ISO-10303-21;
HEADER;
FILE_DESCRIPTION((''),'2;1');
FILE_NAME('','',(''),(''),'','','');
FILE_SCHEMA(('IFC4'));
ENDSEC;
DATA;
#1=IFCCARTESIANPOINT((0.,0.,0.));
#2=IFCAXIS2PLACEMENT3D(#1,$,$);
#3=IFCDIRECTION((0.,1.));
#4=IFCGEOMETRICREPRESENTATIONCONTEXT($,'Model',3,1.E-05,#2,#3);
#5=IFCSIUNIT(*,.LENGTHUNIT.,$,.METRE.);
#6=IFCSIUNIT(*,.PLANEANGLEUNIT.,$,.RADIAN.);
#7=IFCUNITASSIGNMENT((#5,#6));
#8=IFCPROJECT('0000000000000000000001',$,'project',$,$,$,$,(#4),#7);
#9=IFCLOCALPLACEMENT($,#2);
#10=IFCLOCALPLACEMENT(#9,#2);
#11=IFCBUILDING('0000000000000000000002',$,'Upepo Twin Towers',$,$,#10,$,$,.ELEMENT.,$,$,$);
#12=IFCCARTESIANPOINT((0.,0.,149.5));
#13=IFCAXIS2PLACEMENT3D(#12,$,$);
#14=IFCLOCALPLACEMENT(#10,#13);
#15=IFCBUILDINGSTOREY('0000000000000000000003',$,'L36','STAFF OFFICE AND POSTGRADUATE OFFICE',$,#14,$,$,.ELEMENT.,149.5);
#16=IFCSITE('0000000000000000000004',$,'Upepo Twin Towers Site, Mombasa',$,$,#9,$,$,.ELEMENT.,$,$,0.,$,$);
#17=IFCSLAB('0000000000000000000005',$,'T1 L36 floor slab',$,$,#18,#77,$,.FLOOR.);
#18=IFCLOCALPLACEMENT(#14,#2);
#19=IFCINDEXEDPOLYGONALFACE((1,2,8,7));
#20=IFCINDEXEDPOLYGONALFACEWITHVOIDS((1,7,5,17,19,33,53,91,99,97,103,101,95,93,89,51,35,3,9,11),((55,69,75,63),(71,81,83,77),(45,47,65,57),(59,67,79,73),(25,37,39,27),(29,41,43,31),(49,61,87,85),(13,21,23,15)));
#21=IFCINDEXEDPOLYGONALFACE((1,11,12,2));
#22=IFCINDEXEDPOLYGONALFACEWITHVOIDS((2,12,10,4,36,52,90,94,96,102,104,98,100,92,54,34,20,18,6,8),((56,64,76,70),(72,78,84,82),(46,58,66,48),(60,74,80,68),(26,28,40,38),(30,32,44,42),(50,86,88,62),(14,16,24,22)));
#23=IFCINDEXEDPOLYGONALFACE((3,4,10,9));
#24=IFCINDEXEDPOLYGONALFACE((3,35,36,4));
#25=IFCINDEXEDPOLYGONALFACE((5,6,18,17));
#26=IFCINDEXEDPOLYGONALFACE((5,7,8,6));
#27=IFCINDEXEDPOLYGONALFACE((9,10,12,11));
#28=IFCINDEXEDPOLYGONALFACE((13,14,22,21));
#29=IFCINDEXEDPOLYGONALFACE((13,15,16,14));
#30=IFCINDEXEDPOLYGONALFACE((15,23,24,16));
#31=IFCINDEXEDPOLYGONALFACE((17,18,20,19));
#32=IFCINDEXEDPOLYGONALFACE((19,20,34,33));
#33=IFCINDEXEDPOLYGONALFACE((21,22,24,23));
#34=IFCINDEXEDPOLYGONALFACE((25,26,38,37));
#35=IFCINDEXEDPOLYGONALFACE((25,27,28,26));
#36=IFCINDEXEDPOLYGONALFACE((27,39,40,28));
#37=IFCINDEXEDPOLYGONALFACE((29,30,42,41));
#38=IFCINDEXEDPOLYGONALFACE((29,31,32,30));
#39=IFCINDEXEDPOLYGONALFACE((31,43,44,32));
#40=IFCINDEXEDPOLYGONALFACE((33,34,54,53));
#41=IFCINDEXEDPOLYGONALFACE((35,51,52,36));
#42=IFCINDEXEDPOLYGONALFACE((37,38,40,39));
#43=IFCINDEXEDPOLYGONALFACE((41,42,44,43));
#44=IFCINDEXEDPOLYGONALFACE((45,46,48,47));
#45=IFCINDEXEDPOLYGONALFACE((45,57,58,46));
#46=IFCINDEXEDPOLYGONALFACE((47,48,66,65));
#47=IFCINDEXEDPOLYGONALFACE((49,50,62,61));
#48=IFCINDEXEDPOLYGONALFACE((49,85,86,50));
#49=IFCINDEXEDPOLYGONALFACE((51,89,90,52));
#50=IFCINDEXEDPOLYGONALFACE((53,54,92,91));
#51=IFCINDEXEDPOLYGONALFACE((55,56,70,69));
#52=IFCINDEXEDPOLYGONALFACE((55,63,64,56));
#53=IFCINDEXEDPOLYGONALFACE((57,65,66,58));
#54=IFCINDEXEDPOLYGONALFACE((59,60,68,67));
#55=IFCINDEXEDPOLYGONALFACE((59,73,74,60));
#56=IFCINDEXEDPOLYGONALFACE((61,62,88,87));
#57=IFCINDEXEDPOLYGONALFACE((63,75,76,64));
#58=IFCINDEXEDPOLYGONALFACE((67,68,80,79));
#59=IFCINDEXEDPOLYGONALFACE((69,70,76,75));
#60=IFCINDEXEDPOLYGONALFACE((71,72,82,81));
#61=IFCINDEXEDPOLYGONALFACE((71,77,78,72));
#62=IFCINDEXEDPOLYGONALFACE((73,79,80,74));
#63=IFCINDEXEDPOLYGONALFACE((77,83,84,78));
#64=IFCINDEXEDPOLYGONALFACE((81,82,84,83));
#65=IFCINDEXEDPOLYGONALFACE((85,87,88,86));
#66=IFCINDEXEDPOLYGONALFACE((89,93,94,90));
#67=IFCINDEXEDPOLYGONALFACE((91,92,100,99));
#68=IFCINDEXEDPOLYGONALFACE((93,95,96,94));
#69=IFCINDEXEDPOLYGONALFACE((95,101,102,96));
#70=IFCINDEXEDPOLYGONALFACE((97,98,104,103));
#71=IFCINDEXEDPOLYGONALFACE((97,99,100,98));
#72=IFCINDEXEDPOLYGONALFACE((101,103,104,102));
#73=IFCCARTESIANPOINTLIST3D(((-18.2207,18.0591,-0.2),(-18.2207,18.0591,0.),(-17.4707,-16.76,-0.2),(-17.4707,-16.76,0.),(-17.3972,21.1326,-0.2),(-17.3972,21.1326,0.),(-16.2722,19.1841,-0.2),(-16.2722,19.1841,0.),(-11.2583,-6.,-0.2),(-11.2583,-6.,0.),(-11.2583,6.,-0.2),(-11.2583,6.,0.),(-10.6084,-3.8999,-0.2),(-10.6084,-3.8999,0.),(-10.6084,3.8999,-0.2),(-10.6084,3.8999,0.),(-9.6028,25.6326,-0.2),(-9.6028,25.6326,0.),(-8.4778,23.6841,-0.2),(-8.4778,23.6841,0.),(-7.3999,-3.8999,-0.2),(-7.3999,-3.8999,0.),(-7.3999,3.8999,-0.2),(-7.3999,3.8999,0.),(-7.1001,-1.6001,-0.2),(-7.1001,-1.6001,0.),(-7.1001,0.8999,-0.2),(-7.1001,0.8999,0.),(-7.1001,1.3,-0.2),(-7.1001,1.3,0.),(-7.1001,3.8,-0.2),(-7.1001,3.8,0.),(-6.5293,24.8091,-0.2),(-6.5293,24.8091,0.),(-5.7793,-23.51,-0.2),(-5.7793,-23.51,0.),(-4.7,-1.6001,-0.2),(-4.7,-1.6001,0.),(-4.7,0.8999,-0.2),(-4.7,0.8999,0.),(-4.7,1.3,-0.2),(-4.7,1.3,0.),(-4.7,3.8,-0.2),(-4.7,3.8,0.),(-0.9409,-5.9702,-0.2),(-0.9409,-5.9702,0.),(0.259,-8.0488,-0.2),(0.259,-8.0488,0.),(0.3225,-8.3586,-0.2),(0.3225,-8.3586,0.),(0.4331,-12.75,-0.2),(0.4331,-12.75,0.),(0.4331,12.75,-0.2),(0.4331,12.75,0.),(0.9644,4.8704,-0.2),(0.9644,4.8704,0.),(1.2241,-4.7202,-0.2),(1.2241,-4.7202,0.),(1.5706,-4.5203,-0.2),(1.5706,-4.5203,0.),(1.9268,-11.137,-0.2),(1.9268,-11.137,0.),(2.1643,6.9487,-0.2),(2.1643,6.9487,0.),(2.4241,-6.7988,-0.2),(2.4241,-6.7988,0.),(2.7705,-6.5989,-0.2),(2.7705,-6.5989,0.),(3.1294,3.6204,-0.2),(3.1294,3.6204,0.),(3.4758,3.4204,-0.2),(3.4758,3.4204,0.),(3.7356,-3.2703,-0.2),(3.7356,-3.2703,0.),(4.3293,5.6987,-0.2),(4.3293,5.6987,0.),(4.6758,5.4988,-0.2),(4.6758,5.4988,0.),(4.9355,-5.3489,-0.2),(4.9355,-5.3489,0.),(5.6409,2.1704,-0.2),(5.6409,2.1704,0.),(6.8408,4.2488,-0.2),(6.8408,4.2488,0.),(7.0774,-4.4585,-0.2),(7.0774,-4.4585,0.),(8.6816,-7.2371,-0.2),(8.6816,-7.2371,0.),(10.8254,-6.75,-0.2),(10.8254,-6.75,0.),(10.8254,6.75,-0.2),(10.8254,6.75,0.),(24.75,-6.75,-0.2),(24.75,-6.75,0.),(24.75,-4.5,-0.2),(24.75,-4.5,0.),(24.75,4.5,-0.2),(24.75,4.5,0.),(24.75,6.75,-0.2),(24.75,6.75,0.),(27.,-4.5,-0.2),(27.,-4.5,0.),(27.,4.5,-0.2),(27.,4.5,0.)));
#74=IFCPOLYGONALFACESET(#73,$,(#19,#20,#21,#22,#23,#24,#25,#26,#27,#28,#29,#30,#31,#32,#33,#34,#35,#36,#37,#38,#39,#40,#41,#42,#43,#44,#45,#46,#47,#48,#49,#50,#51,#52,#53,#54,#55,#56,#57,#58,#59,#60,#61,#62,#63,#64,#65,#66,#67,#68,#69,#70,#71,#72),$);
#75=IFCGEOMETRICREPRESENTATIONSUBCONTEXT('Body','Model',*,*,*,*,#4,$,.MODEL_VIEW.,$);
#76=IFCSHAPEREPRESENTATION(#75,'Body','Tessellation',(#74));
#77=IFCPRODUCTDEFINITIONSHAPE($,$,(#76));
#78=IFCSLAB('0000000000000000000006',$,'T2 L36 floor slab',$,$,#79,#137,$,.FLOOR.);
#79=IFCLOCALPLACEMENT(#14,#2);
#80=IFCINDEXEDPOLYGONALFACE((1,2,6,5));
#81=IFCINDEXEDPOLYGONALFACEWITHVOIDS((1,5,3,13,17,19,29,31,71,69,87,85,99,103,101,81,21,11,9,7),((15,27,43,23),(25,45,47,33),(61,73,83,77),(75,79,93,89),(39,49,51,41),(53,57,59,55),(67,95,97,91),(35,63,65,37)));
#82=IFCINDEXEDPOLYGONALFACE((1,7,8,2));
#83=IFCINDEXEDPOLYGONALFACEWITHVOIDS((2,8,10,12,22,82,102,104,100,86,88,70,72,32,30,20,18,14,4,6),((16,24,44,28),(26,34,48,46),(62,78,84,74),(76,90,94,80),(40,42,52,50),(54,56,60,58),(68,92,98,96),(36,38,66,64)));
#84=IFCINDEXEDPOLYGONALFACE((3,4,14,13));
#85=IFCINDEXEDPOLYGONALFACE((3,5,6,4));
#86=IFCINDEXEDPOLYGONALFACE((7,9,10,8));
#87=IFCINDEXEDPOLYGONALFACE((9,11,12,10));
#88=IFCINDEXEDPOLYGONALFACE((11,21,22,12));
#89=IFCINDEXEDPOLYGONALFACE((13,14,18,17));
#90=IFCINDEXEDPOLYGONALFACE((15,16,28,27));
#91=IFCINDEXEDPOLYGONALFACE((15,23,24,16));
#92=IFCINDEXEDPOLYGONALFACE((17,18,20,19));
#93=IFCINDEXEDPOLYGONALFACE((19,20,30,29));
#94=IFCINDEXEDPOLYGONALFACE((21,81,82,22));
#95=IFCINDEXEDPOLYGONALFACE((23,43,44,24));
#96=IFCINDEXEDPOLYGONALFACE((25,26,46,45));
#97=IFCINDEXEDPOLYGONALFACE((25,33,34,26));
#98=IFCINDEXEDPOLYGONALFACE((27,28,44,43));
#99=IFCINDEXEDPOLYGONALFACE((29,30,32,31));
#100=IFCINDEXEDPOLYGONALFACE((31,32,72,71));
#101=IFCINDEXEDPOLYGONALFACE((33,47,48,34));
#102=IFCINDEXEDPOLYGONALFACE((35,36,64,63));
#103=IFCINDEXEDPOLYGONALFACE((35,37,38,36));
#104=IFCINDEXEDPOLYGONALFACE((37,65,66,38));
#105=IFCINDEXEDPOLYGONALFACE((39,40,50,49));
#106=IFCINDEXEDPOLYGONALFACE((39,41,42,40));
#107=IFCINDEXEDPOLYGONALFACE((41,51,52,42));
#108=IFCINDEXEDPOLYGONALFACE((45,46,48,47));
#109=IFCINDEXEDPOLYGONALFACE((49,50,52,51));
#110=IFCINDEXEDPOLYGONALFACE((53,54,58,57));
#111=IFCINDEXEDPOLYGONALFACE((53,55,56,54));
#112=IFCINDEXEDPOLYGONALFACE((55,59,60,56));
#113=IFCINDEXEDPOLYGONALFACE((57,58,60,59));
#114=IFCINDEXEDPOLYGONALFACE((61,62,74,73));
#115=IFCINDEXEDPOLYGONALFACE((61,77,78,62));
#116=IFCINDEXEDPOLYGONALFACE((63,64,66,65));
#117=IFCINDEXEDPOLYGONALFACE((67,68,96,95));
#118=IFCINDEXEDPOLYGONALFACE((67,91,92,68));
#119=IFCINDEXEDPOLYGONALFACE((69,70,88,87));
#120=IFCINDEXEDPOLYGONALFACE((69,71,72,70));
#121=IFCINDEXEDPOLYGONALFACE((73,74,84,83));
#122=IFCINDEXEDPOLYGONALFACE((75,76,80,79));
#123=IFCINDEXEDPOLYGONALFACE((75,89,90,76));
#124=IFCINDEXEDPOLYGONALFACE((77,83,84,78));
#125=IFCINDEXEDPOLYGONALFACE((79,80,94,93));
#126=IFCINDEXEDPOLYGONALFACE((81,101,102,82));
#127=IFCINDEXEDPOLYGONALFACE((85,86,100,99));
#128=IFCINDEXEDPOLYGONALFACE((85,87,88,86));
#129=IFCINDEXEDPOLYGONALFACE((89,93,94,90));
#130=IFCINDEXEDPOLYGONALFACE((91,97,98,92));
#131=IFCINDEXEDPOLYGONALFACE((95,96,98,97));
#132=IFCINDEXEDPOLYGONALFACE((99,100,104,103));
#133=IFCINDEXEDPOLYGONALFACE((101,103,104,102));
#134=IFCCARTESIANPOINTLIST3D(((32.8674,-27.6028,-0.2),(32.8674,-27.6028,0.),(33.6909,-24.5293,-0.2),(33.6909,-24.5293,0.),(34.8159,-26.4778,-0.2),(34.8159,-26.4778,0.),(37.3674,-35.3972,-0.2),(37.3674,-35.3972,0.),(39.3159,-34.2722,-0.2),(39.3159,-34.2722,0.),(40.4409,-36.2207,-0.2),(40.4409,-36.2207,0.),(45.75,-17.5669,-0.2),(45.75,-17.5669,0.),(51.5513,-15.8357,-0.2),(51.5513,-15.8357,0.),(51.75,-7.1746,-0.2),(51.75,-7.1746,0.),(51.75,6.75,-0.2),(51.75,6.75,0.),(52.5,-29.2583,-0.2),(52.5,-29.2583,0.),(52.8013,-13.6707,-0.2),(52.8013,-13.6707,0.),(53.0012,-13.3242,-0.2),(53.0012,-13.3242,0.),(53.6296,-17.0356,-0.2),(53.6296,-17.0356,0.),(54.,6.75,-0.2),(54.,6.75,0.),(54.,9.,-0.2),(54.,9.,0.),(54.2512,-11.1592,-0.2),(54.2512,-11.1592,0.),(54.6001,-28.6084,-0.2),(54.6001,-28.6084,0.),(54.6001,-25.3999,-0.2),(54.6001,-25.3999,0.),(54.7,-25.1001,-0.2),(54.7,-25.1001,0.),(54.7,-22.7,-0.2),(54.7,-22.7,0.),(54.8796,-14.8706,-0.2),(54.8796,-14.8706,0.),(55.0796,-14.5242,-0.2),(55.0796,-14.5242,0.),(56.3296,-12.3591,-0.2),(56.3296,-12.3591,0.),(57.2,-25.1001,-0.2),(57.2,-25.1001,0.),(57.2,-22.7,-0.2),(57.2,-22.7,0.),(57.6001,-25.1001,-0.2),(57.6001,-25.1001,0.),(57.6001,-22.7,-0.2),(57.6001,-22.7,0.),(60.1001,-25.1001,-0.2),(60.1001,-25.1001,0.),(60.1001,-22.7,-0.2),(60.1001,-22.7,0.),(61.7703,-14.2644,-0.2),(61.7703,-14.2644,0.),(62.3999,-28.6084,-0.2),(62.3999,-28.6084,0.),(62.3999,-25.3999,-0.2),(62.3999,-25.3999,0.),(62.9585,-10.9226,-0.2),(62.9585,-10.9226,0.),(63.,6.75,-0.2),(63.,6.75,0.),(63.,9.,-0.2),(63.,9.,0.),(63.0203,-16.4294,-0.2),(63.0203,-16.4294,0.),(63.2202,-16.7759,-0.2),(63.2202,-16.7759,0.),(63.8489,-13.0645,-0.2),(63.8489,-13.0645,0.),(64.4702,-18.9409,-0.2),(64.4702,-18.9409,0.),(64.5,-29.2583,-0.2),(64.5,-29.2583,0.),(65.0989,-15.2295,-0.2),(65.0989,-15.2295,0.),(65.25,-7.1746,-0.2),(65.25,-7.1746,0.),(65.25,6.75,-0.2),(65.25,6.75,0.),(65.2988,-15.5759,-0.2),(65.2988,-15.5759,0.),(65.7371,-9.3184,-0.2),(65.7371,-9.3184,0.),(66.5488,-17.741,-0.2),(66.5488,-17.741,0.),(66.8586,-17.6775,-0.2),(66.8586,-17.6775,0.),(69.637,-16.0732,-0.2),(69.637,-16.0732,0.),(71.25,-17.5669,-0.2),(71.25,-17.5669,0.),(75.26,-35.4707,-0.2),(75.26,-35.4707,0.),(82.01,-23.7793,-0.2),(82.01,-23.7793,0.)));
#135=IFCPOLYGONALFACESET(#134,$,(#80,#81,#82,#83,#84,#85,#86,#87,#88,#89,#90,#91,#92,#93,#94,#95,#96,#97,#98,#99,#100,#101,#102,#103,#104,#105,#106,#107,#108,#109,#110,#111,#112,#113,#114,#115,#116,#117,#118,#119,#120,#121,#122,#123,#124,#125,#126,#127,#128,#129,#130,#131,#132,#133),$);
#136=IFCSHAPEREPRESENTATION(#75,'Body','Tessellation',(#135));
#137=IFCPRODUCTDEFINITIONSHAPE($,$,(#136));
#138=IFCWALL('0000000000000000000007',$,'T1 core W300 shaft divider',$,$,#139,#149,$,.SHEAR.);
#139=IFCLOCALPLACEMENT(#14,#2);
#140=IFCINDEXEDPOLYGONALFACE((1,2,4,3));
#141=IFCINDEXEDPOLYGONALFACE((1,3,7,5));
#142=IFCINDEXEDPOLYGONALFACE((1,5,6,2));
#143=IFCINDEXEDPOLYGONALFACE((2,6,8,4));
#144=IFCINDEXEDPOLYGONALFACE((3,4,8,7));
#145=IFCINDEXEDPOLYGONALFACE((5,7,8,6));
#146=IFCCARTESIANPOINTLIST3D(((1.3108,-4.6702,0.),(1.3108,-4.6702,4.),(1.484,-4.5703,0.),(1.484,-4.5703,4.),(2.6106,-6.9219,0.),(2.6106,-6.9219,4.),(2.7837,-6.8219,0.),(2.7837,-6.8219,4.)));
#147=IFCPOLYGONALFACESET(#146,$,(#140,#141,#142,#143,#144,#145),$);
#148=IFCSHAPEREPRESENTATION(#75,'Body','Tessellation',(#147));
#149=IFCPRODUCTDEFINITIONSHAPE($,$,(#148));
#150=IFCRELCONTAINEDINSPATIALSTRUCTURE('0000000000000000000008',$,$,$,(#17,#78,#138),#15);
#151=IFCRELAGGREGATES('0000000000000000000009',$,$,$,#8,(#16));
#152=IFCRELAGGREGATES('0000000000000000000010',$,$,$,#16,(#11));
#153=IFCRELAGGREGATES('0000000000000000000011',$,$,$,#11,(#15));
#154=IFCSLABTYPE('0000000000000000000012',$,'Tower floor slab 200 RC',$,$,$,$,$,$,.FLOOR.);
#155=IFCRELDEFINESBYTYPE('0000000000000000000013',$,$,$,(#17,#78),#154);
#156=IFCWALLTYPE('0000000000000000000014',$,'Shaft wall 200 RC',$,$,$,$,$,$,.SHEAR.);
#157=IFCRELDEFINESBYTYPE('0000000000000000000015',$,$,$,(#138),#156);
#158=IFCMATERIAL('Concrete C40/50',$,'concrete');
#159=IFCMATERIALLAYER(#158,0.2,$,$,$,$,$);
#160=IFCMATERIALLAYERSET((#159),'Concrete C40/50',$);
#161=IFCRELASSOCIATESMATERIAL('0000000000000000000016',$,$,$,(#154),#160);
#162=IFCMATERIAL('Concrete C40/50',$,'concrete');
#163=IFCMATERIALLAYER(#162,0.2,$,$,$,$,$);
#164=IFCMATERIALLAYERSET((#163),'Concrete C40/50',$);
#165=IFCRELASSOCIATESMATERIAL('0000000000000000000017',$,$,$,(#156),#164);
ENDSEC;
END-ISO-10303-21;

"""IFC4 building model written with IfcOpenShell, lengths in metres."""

from ifc_helpers import new_model, si_unit, direction, frame, frame_2d, origin, place, context, subcontext, project, spatial, polyline, rectangle, outline, extrude, material, layer, layer_set, type_object, element, save


model = new_model("IFC4")

# Units and contexts
model_context = context("Model", 3, precision=1e-05, world=origin(), true_north=direction((0.0, 1.0)))
body_context = subcontext(model_context, "Body", "Model", "MODEL_VIEW")
ifc_project = project(units=[si_unit("LENGTHUNIT", "METRE"), si_unit("PLANEANGLEUNIT", "RADIAN")], contexts=[model_context])

# Site, building, storey
site_placement = place(None, origin())
site = spatial("IfcSite", under=ifc_project, at=site_placement, Name="Upepo Twin Towers Site, Mombasa", CompositionType="ELEMENT", RefElevation=0.0)
building_placement = place(site_placement, origin())
building = spatial("IfcBuilding", under=site, at=building_placement, Name="Upepo Twin Towers", CompositionType="ELEMENT")
storey_placement = place(building_placement, frame((0.0, 0.0, 149.5)))
storey = spatial("IfcBuildingStorey", under=building, at=storey_placement, Name="L36", Description="STAFF OFFICE AND POSTGRADUATE OFFICE", CompositionType="ELEMENT", Elevation=149.5)

# Slabs
ifc_material_1 = material(Name="Concrete C40/50", Category="concrete")
ifc_layer_1 = layer(ifc_material_1, 0.2)
ifc_layer_set_1 = layer_set([ifc_layer_1], Name="Concrete C40/50")
slab_type_1 = type_object("IfcSlabType", Name="Tower floor slab 200 RC", PredefinedType="FLOOR", material=ifc_layer_set_1)
slab_1_placement = place(storey_placement, frame((0.0, 0.0, -0.2)))
element("IfcSlab", 1, at=slab_1_placement, inside=storey, type_object=slab_type_1, Name="T1 L36 floor slab", PredefinedType="FLOOR", context=body_context, shape_type="SweptSolid", body=[
    extrude(outline(polyline([(-17.4707, -16.76), (-11.2583, -6.0), (-11.2583, 6.0), (-18.2207, 18.0591), (-16.2722, 19.1841), (-17.3972, 21.1326), (-9.6028, 25.6326), (-8.4778, 23.6841), (-6.5293, 24.8091), (0.4331, 12.75), (10.8254, 6.75), (24.75, 6.75), (24.75, 4.5), (27.0, 4.5), (27.0, -4.5), (24.75, -4.5), (24.75, -6.75), (10.8254, -6.75), (0.4331, -12.75), (-5.7793, -23.51), (-17.4707, -16.76)]), holes=[polyline([(5.6409, 2.1704), (6.8408, 4.2488), (4.6758, 5.4988), (3.4758, 3.4204), (5.6409, 2.1704)]), polyline([(3.1294, 3.6204), (4.3293, 5.6987), (2.1643, 6.9487), (0.9644, 4.8704), (3.1294, 3.6204)]), polyline([(-4.7, 3.8), (-7.1001, 3.8), (-7.1001, 1.3), (-4.7, 1.3), (-4.7, 3.8)]), polyline([(-4.7, 0.8999), (-7.1001, 0.8999), (-7.1001, -1.6001), (-4.7, -1.6001), (-4.7, 0.8999)]), polyline([(-7.3999, 3.8999), (-10.6084, 3.8999), (-10.6084, -3.8999), (-7.3999, -3.8999), (-7.3999, 3.8999)]), polyline([(-0.9409, -5.9702), (0.259, -8.0488), (2.4241, -6.7988), (1.2241, -4.7202), (-0.9409, -5.9702)]), polyline([(1.5706, -4.5203), (2.7705, -6.5989), (4.9355, -5.3489), (3.7356, -3.2703), (1.5706, -4.5203)]), polyline([(0.3225, -8.3586), (1.9268, -11.137), (8.6816, -7.2371), (7.0774, -4.4585), (0.3225, -8.3586)])]), origin(), (0.0, 0.0, 1.0), 0.2),
])
slab_2_placement = place(storey_placement, frame((0.0, 0.0, -0.2)))
element("IfcSlab", 2, at=slab_2_placement, inside=storey, type_object=slab_type_1, Name="T2 L36 floor slab", PredefinedType="FLOOR", context=body_context, shape_type="SweptSolid", body=[
    extrude(outline(polyline([(75.26, -35.4707), (64.5, -29.2583), (52.5, -29.2583), (40.4409, -36.2207), (39.3159, -34.2722), (37.3674, -35.3972), (32.8674, -27.6028), (34.8159, -26.4778), (33.6909, -24.5293), (45.75, -17.5669), (51.75, -7.1746), (51.75, 6.75), (54.0, 6.75), (54.0, 9.0), (63.0, 9.0), (63.0, 6.75), (65.25, 6.75), (65.25, -7.1746), (71.25, -17.5669), (82.01, -23.7793), (75.26, -35.4707)]), holes=[polyline([(56.3296, -12.3591), (54.2512, -11.1592), (53.0012, -13.3242), (55.0796, -14.5242), (56.3296, -12.3591)]), polyline([(54.8796, -14.8706), (52.8013, -13.6707), (51.5513, -15.8357), (53.6296, -17.0356), (54.8796, -14.8706)]), polyline([(54.7, -22.7), (54.7, -25.1001), (57.2, -25.1001), (57.2, -22.7), (54.7, -22.7)]), polyline([(57.6001, -22.7), (57.6001, -25.1001), (60.1001, -25.1001), (60.1001, -22.7), (57.6001, -22.7)]), polyline([(54.6001, -25.3999), (54.6001, -28.6084), (62.3999, -28.6084), (62.3999, -25.3999), (54.6001, -25.3999)]), polyline([(64.4702, -18.9409), (66.5488, -17.741), (65.2988, -15.5759), (63.2202, -16.7759), (64.4702, -18.9409)]), polyline([(63.0203, -16.4294), (65.0989, -15.2295), (63.8489, -13.0645), (61.7703, -14.2644), (63.0203, -16.4294)]), polyline([(66.8586, -17.6775), (69.637, -16.0732), (65.7371, -9.3184), (62.9585, -10.9226), (66.8586, -17.6775)])]), origin(), (0.0, 0.0, 1.0), 0.2),
])

# Wall
ifc_material_2 = material(Name="Concrete C40/50", Category="concrete")
ifc_layer_2 = layer(ifc_material_2, 0.2)
ifc_layer_set_2 = layer_set([ifc_layer_2], Name="Concrete C40/50")
wall_type = type_object("IfcWallType", Name="Shaft wall 200 RC", PredefinedType="SHEAR", material=ifc_layer_set_2)
wall_1_placement = place(storey_placement, frame((1.3975, -4.6204, 0.0), z_axis=(0.0, 0.0, 1.0), x_axis=(0.499937, -0.866062, 0.0)))
element("IfcWall", 3, at=wall_1_placement, inside=storey, type_object=wall_type, Name="T1 core W300 shaft divider", PredefinedType="SHEAR", context=body_context, shape_type="SweptSolid", body=[
    extrude(rectangle(XDim=2.5999, YDim=0.2, at=frame_2d((1.2998, 0.0))), origin(), (0.0, 0.0, 1.0), 4.0),
])

save(model, "model.ifc")
